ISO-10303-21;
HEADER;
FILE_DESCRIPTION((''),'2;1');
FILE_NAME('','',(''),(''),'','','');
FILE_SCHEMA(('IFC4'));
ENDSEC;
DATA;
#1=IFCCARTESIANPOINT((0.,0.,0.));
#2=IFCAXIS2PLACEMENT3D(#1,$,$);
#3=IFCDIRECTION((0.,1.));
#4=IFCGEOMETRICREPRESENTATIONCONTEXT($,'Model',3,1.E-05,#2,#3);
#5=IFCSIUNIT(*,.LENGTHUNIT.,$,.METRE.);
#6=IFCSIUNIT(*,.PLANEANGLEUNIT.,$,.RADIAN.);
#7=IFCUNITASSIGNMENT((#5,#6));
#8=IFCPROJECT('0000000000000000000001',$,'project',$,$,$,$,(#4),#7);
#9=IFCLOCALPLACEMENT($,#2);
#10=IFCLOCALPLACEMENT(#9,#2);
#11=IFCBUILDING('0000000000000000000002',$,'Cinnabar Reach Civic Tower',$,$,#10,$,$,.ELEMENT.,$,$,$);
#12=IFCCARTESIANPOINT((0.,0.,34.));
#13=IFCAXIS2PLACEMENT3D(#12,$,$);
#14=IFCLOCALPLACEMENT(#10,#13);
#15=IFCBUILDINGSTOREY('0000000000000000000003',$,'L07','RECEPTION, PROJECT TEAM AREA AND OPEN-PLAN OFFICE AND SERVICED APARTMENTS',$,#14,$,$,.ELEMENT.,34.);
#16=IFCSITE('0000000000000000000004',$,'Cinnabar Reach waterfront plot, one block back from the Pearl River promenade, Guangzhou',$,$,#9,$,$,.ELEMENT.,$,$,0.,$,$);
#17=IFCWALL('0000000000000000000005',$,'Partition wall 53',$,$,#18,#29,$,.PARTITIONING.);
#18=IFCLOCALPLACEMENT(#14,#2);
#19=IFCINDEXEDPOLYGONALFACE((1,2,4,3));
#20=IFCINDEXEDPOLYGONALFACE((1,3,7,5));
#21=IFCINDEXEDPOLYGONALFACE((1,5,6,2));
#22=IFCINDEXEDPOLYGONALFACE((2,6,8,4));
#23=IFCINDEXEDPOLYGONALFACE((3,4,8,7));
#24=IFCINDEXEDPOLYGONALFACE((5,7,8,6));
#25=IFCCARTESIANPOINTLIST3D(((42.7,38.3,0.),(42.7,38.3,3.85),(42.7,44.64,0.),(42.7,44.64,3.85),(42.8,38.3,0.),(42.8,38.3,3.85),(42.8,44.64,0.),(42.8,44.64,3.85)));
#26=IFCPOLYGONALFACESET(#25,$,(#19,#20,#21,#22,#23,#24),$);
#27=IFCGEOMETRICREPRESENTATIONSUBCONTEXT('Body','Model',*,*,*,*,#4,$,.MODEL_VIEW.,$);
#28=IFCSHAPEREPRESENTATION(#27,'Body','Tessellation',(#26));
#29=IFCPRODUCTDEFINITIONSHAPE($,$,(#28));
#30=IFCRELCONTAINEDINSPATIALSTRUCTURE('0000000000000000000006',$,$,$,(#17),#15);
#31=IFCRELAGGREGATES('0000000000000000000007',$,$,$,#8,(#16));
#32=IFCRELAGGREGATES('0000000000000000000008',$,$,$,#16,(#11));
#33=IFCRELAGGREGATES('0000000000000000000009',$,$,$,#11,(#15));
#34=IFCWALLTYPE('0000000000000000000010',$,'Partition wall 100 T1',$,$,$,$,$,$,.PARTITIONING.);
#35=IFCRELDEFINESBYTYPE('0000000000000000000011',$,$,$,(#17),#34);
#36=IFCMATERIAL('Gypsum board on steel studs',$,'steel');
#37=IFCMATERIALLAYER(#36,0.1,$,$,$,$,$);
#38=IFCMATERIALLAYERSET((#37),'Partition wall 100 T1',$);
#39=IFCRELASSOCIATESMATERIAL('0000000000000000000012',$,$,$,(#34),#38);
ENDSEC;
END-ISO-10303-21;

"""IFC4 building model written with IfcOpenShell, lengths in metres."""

from ifc_helpers import new_model, si_unit, direction, frame, frame_2d, origin, place, context, subcontext, project, spatial, rectangle, extrude, material, layer, layer_set, type_object, element, save


model = new_model("IFC4")

# Units and contexts
model_context = context("Model", 3, precision=1e-05, world=origin(), true_north=direction((0.0, 1.0)))
body_context = subcontext(model_context, "Body", "Model", "MODEL_VIEW")
ifc_project = project(units=[si_unit("LENGTHUNIT", "METRE"), si_unit("PLANEANGLEUNIT", "RADIAN")], contexts=[model_context])

# Site, building, storey
site_placement = place(None, origin())
site = spatial("IfcSite", under=ifc_project, at=site_placement, Name="Cinnabar Reach waterfront plot, one block back from the Pearl River promenade, Guangzhou", CompositionType="ELEMENT", RefElevation=0.0)
building_placement = place(site_placement, origin())
building = spatial("IfcBuilding", under=site, at=building_placement, Name="Cinnabar Reach Civic Tower", CompositionType="ELEMENT")
storey_placement = place(building_placement, frame((0.0, 0.0, 34.0)))
storey = spatial("IfcBuildingStorey", under=building, at=storey_placement, Name="L07", Description="RECEPTION, PROJECT TEAM AREA AND OPEN-PLAN OFFICE AND SERVICED APARTMENTS", CompositionType="ELEMENT", Elevation=34.0)

# Wall
ifc_material_1 = material(Name="Gypsum board on steel studs", Category="steel")
ifc_layer_1 = layer(ifc_material_1, 0.1)
ifc_layer_set_1 = layer_set([ifc_layer_1], Name="Partition wall 100 T1")
wall_type_1 = type_object("IfcWallType", Name="Partition wall 100 T1", PredefinedType="PARTITIONING", material=ifc_layer_set_1)
wall_1_placement = place(storey_placement, frame((42.75, 38.3, 0.0), z_axis=(0.0, 0.0, 1.0), x_axis=(0.0, 1.0, 0.0)))
element("IfcWall", 1, at=wall_1_placement, inside=storey, type_object=wall_type_1, Name="Partition wall 53", PredefinedType="PARTITIONING", context=body_context, shape_type="SweptSolid", body=[
    extrude(rectangle(XDim=6.34, YDim=0.1, at=frame_2d((3.17, 0.0))), origin(), (0.0, 0.0, 1.0), 3.85),
])

save(model, "model.ifc")
